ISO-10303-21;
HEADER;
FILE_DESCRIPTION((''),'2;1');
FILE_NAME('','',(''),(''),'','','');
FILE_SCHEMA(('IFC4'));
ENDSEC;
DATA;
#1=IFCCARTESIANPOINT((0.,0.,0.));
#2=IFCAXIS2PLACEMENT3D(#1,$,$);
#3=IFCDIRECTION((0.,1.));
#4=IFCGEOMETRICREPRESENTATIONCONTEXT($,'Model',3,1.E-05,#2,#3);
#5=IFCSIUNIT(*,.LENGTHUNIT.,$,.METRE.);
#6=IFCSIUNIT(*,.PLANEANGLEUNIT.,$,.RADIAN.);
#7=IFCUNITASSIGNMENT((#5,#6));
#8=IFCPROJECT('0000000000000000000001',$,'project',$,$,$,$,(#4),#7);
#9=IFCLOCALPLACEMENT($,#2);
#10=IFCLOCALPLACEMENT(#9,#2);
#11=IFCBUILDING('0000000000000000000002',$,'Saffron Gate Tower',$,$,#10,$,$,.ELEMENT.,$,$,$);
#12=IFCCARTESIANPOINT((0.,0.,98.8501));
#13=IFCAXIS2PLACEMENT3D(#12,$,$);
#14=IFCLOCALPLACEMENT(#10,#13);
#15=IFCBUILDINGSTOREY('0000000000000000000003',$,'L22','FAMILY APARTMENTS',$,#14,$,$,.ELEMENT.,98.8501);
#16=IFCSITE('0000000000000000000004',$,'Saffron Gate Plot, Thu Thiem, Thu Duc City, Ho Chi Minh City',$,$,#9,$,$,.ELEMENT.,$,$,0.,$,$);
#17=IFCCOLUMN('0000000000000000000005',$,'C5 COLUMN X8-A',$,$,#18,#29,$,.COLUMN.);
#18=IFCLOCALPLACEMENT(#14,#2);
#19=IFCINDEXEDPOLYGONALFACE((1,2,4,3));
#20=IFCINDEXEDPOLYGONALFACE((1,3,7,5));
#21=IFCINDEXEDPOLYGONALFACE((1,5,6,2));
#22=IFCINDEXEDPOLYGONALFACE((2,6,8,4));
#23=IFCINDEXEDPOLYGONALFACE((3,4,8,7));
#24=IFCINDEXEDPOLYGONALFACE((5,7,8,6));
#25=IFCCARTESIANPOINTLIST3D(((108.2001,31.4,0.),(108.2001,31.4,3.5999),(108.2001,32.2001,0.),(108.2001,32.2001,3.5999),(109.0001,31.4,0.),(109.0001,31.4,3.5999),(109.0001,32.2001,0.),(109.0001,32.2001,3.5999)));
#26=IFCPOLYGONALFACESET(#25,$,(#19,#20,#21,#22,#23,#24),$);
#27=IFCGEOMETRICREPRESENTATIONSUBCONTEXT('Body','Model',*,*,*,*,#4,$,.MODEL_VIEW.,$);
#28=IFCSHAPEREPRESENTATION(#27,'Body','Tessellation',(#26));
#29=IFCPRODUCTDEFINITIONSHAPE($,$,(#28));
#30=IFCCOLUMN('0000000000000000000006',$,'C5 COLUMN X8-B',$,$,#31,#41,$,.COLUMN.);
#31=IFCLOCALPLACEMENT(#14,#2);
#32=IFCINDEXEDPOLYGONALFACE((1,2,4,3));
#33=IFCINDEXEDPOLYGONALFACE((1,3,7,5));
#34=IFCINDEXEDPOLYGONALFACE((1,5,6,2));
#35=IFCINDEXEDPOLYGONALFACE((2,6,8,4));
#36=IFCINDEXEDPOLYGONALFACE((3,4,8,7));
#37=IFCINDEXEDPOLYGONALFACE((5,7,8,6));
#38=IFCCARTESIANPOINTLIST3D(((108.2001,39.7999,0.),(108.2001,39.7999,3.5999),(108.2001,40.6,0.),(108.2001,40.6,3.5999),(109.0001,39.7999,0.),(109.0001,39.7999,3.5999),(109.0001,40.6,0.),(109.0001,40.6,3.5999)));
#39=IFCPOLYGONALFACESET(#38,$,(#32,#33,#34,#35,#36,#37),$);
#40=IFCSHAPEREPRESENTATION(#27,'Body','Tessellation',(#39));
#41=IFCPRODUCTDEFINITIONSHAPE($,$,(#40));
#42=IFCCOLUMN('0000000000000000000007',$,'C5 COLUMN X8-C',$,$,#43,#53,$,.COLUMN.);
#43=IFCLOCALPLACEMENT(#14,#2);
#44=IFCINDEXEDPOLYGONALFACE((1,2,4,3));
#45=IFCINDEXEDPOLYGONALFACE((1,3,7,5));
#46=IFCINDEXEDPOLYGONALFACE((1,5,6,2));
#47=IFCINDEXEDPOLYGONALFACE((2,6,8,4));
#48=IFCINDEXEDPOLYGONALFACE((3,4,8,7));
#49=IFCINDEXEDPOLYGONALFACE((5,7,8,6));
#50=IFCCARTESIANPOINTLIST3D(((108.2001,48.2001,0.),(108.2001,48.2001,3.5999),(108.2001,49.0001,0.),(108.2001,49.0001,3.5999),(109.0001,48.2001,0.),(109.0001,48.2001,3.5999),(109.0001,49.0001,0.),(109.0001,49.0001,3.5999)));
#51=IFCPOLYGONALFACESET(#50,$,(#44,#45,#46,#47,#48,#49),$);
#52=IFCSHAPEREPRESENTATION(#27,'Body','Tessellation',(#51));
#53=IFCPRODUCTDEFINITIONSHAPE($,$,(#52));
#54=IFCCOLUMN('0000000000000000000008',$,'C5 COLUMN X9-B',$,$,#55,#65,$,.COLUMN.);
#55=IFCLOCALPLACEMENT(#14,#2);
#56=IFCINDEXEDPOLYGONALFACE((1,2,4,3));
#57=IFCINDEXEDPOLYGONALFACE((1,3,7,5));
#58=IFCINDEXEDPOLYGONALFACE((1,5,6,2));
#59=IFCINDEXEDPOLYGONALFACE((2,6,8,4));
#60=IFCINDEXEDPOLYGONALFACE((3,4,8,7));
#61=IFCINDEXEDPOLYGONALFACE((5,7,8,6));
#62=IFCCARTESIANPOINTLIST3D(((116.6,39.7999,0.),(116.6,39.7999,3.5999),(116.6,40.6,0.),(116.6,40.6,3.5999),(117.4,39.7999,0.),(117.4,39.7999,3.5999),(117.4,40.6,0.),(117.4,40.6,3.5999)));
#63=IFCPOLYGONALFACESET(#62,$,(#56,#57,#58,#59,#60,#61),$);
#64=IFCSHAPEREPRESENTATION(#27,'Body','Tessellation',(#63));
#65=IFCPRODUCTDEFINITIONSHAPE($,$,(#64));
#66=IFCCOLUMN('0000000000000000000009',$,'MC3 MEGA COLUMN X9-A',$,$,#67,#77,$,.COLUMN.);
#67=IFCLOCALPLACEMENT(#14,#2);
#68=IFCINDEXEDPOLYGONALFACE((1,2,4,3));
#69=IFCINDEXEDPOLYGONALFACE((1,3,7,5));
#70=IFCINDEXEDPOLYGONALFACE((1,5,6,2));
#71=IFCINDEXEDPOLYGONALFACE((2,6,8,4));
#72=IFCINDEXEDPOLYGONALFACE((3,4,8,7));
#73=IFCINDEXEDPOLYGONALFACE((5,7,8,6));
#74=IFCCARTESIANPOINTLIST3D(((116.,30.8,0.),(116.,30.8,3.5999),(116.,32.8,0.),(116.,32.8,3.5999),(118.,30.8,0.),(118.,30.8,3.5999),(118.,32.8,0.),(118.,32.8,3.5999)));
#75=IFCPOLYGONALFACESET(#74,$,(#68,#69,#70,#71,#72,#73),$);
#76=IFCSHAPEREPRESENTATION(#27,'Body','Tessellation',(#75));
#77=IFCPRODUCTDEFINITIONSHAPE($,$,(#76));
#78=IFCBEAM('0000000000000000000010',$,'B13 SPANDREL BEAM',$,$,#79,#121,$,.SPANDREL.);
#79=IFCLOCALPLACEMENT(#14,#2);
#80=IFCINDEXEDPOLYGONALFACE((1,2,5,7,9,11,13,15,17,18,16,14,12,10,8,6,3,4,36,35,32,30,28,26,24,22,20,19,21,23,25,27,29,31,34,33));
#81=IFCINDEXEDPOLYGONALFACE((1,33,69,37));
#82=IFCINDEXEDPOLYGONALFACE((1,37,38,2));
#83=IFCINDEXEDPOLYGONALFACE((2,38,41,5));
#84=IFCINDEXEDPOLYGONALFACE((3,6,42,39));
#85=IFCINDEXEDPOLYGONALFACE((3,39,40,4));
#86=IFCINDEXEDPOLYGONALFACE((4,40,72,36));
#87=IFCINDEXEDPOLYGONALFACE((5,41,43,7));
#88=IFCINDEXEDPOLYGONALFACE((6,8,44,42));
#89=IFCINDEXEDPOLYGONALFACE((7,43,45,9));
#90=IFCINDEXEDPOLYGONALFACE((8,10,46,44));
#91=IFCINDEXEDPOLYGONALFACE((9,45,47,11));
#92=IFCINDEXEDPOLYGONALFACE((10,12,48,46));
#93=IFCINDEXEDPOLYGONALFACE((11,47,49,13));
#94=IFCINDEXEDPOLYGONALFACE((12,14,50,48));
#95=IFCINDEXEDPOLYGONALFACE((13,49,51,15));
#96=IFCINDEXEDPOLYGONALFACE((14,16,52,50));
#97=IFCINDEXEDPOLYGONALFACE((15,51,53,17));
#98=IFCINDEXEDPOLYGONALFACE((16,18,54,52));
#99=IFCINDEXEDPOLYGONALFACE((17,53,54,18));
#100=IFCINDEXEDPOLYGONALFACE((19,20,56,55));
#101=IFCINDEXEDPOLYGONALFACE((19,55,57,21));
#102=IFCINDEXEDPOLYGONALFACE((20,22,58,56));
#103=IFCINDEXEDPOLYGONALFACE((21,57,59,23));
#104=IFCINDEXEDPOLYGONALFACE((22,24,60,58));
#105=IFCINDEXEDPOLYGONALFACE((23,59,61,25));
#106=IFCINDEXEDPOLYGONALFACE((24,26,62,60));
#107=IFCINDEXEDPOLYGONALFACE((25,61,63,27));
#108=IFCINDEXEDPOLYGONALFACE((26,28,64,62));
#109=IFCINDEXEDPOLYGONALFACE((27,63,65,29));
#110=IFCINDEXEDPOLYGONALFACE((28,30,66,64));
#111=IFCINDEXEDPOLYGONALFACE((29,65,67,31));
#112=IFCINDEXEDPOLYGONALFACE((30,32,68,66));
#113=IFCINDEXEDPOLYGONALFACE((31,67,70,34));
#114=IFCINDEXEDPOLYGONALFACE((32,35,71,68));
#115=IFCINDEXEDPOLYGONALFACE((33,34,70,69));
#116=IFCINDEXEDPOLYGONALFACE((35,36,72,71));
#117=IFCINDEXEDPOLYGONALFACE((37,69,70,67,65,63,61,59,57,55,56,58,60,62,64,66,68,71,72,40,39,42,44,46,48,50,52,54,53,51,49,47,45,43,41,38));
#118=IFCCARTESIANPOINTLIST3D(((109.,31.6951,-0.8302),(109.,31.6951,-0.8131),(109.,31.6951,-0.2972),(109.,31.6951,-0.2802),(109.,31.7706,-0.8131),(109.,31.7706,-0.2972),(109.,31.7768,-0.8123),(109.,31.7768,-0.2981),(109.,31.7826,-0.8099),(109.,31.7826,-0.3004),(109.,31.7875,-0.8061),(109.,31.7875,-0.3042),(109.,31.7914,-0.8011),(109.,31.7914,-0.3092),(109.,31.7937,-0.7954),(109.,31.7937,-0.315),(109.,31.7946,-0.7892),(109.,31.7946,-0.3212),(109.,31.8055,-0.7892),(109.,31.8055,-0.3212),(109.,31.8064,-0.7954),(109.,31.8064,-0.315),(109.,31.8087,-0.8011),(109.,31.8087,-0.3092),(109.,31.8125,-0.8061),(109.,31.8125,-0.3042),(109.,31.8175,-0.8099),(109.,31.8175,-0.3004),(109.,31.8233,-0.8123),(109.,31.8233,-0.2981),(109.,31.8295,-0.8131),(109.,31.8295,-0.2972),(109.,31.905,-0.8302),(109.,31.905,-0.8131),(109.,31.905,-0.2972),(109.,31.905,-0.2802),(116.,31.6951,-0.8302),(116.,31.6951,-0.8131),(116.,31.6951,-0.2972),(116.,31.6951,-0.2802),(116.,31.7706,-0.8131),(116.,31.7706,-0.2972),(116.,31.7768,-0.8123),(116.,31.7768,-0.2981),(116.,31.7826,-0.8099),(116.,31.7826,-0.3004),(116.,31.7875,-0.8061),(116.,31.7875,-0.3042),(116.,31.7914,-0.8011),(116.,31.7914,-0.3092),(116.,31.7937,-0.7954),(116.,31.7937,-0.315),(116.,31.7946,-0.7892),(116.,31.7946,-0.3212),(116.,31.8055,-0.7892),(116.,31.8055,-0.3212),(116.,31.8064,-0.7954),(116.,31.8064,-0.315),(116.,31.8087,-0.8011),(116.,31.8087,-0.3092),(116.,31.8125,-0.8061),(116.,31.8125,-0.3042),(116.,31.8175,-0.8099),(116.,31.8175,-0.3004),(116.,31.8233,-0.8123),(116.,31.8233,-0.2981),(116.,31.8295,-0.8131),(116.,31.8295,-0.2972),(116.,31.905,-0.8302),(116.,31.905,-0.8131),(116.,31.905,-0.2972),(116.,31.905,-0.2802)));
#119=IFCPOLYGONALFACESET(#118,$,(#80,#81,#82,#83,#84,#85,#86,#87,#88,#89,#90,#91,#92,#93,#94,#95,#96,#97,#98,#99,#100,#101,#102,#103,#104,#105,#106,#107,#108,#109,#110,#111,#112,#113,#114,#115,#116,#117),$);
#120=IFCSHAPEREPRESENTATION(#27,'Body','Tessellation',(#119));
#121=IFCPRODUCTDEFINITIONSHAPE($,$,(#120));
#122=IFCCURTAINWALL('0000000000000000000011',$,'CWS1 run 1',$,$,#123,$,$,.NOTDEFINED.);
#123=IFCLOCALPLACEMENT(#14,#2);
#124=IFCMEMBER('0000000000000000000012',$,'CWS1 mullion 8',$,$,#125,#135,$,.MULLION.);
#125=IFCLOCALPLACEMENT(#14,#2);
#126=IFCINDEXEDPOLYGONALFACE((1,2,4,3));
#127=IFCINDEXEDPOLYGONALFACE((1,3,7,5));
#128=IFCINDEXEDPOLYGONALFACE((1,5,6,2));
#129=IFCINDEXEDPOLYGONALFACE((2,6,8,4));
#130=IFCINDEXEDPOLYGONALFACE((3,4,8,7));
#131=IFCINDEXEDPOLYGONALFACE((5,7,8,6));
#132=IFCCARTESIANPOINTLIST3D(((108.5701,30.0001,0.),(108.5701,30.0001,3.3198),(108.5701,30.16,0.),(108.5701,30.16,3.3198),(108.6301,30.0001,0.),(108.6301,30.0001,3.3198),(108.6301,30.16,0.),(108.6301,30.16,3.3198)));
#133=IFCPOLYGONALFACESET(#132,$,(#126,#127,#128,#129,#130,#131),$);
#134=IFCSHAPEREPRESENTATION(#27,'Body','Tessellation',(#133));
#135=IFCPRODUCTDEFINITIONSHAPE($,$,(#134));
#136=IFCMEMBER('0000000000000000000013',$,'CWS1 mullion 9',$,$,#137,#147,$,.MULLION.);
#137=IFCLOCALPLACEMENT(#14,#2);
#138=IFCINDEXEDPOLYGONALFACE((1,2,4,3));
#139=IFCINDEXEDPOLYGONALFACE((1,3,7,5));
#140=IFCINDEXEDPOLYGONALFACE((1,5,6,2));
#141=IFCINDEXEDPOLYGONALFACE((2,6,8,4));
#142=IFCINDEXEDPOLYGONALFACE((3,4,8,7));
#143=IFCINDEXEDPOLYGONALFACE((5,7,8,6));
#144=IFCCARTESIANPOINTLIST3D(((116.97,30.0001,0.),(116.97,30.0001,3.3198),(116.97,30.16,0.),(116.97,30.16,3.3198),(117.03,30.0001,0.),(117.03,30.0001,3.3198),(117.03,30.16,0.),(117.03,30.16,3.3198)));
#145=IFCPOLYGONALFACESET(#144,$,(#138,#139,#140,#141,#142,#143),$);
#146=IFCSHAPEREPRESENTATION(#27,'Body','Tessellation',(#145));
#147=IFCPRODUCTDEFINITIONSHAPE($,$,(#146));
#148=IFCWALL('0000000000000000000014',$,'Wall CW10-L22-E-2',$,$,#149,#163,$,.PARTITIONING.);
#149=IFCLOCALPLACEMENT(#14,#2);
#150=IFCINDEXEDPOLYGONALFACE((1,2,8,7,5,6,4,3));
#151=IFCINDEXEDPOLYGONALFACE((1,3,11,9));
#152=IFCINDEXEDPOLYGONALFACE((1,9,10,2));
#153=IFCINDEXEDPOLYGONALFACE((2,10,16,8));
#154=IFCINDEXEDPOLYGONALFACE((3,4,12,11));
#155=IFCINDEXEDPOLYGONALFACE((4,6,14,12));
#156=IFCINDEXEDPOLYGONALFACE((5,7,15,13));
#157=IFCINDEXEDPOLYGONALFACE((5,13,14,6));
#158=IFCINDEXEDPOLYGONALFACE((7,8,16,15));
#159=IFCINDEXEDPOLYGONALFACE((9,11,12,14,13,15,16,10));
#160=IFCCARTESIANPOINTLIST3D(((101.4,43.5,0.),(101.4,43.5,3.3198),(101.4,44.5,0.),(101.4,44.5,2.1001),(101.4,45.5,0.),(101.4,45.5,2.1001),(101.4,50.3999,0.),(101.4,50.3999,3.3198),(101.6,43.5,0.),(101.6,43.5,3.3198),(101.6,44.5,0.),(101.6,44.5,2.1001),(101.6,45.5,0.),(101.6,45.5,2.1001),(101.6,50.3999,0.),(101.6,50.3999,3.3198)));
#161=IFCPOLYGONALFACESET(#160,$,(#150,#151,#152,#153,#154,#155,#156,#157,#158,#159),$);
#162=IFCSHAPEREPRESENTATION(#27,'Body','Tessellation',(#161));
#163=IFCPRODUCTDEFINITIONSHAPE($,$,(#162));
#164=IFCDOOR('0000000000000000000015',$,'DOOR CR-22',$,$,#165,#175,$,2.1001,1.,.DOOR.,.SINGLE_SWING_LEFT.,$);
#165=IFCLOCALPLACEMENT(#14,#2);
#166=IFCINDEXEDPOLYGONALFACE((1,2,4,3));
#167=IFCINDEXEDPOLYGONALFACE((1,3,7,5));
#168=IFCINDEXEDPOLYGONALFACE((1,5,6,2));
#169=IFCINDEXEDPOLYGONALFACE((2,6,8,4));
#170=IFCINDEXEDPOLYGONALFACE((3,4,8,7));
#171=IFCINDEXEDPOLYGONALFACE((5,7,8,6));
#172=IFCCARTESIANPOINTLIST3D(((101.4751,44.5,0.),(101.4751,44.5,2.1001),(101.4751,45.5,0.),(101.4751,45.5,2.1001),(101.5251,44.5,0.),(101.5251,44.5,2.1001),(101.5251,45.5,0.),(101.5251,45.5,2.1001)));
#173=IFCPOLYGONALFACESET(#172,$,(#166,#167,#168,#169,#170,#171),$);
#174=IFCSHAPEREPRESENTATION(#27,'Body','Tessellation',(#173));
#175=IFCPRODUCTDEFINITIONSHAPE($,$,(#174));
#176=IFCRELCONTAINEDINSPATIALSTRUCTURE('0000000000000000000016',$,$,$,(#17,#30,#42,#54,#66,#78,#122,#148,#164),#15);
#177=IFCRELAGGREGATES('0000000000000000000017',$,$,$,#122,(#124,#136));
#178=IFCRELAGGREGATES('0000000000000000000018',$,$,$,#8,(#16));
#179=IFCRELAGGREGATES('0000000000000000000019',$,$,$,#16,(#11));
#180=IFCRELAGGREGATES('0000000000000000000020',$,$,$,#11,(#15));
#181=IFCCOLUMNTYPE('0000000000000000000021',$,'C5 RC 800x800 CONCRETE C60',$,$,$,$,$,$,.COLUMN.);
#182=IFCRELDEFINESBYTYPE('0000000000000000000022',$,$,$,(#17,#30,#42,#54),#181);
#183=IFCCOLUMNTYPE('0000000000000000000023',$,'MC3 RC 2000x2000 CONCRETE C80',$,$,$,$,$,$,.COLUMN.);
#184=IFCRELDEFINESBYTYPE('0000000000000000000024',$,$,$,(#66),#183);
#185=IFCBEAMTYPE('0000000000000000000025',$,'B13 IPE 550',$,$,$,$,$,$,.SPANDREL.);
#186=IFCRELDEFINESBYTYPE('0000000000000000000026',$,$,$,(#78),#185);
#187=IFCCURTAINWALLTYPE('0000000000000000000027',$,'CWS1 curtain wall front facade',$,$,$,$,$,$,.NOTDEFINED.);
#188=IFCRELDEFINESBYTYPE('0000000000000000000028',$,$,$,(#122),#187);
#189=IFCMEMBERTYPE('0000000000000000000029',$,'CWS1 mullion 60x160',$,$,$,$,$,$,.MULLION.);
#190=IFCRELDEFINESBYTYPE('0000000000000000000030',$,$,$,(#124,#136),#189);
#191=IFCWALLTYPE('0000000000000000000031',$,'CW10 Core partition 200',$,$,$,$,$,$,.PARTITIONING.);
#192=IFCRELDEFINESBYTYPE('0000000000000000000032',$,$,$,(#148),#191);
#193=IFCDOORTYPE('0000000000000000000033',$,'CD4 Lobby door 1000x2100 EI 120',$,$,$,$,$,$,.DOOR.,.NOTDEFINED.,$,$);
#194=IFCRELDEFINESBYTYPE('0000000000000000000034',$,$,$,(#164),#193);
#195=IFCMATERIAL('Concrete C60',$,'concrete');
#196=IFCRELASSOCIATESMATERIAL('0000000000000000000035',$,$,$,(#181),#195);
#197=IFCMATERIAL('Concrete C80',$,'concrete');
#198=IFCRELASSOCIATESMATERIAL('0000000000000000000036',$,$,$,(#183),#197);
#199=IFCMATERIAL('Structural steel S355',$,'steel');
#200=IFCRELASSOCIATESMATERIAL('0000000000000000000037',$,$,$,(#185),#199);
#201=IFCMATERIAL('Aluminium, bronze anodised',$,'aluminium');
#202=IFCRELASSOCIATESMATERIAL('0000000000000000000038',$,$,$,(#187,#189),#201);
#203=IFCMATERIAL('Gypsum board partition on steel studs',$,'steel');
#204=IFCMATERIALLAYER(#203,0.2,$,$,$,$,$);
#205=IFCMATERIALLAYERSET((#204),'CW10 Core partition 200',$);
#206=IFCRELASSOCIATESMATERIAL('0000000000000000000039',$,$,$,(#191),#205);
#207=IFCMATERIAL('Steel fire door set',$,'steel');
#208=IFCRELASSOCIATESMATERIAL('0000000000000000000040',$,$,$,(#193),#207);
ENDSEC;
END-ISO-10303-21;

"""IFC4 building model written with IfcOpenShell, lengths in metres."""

from ifc_helpers import new_model, si_unit, direction, frame, frame_2d, origin, origin_2d, place, context, subcontext, project, spatial, rectangle, i_section, extrude, material, layer, layer_set, material_profile, profile_set, type_object, element, fill, aggregate, save


model = new_model("IFC4")

# Units and contexts
model_context = context("Model", 3, precision=1e-05, world=origin(), true_north=direction((0.0, 1.0)))
body_context = subcontext(model_context, "Body", "Model", "MODEL_VIEW")
ifc_project = project(units=[si_unit("LENGTHUNIT", "METRE"), si_unit("PLANEANGLEUNIT", "RADIAN")], contexts=[model_context])

# Site, building, storey
site_placement = place(None, origin())
site = spatial("IfcSite", under=ifc_project, at=site_placement, Name="Saffron Gate Plot, Thu Thiem, Thu Duc City, Ho Chi Minh City", CompositionType="ELEMENT", RefElevation=0.0)
building_placement = place(site_placement, origin())
building = spatial("IfcBuilding", under=site, at=building_placement, Name="Saffron Gate Tower", CompositionType="ELEMENT")
storey_placement = place(building_placement, frame((0.0, 0.0, 98.8501)))
storey = spatial("IfcBuildingStorey", under=building, at=storey_placement, Name="L22", Description="FAMILY APARTMENTS", CompositionType="ELEMENT", Elevation=98.8501)

# Columns
ifc_material_1 = material(Name="Concrete C60", Category="concrete")
ifc_material_profile_1 = material_profile(ifc_material_1, rectangle(XDim=0.8, YDim=0.8, at=origin_2d()))
ifc_profile_set_1 = profile_set([ifc_material_profile_1], Name="Concrete C60")
column_type_1 = type_object("IfcColumnType", Name="C5 RC 800x800 CONCRETE C60", PredefinedType="COLUMN", material=ifc_profile_set_1)
for number, where, z_axis, x_axis, name in (
    (1, (108.6001, 31.8, 0.0), (0.0, 0.0, 1.0), (1.0, 0.0, 0.0), "C5 COLUMN X8-A"),
    (2, (108.6001, 40.2, 0.0), (0.0, 0.0, 1.0), (1.0, 0.0, 0.0), "C5 COLUMN X8-B"),
    (3, (108.6001, 48.6001, 0.0), (0.0, 0.0, 1.0), (1.0, 0.0, 0.0), "C5 COLUMN X8-C"),
    (4, (117.0, 40.2, 0.0), (0.0, 0.0, 1.0), (1.0, 0.0, 0.0), "C5 COLUMN X9-B"),
):
    element("IfcColumn", number, at=place(storey_placement, frame(where, z_axis=z_axis, x_axis=x_axis)), inside=storey, type_object=column_type_1, Name=name, PredefinedType="COLUMN", context=body_context, shape_type="SweptSolid", body=[
        extrude(rectangle(XDim=0.8, YDim=0.8, at=origin_2d()), origin(), (0.0, 0.0, 1.0), 3.5999),
    ])
ifc_material_2 = material(Name="Concrete C80", Category="concrete")
ifc_material_profile_2 = material_profile(ifc_material_2, rectangle(XDim=2.0, YDim=2.0, at=origin_2d()))
ifc_profile_set_2 = profile_set([ifc_material_profile_2], Name="Concrete C80")
column_type_2 = type_object("IfcColumnType", Name="MC3 RC 2000x2000 CONCRETE C80", PredefinedType="COLUMN", material=ifc_profile_set_2)
column_placement = place(storey_placement, frame((117.0, 31.8, 0.0), z_axis=(0.0, 0.0, 1.0), x_axis=(1.0, 0.0, 0.0)))
element("IfcColumn", 5, at=column_placement, inside=storey, type_object=column_type_2, Name="MC3 MEGA COLUMN X9-A", PredefinedType="COLUMN", context=body_context, shape_type="SweptSolid", body=[
    extrude(rectangle(XDim=2.0, YDim=2.0, at=origin_2d()), origin(), (0.0, 0.0, 1.0), 3.5999),
])

# Beam
ifc_material_3 = material(Name="Structural steel S355", Category="steel")
ifc_material_profile_3 = material_profile(ifc_material_3, i_section(OverallWidth=0.21, OverallDepth=0.55, WebThickness=0.011, FlangeThickness=0.0171, FilletRadius=0.0239, at=origin_2d()))
ifc_profile_set_3 = profile_set([ifc_material_profile_3], Name="Structural steel S355")
beam_type = type_object("IfcBeamType", Name="B13 IPE 550", PredefinedType="SPANDREL", material=ifc_profile_set_3)
beam_placement = place(storey_placement, frame((109.0, 31.8, -0.5552), z_axis=(1.0, 0.0, 0.0), x_axis=(0.0, 1.0, 0.0)))
element("IfcBeam", 6, at=beam_placement, inside=storey, type_object=beam_type, Name="B13 SPANDREL BEAM", PredefinedType="SPANDREL", context=body_context, shape_type="SweptSolid", body=[
    extrude(i_section(OverallWidth=0.21, OverallDepth=0.55, WebThickness=0.011, FlangeThickness=0.0171, FilletRadius=0.0239, at=origin_2d()), origin(), (0.0, 0.0, 1.0), 7.0),
])

# Curtain wall, members
ifc_material_4 = material(Name="Aluminium, bronze anodised", Category="aluminium")
curtain_wall_type = type_object("IfcCurtainWallType", Name="CWS1 curtain wall front facade", PredefinedType="NOTDEFINED", material=ifc_material_4)
curtain_wall_placement = place(storey_placement, origin())
curtain_wall = element("IfcCurtainWall", 7, at=curtain_wall_placement, inside=storey, type_object=curtain_wall_type, Name="CWS1 run 1", PredefinedType="NOTDEFINED")
ifc_material_profile_4 = material_profile(ifc_material_4, rectangle(XDim=0.1599, YDim=0.0601, at=origin_2d()))
ifc_profile_set_4 = profile_set([ifc_material_profile_4], Name="Aluminium, bronze anodised")
member_type = type_object("IfcMemberType", Name="CWS1 mullion 60x160", PredefinedType="MULLION", material=ifc_profile_set_4)
member_1_placement = place(storey_placement, frame((108.6001, 30.0801, 0.0), z_axis=(0.0, 0.0, 1.0), x_axis=(0.0, 1.0, 0.0)))
member_1 = element("IfcMember", 8, at=member_1_placement, type_object=member_type, Name="CWS1 mullion 8", PredefinedType="MULLION", context=body_context, shape_type="SweptSolid", body=[
    extrude(rectangle(XDim=0.1599, YDim=0.0601, at=origin_2d()), origin(), (0.0, 0.0, 1.0), 3.3198),
])
member_2_placement = place(storey_placement, frame((117.0, 30.0801, 0.0), z_axis=(0.0, 0.0, 1.0), x_axis=(0.0, 1.0, 0.0)))
member_2 = element("IfcMember", 9, at=member_2_placement, type_object=member_type, Name="CWS1 mullion 9", PredefinedType="MULLION", context=body_context, shape_type="SweptSolid", body=[
    extrude(rectangle(XDim=0.1599, YDim=0.0601, at=origin_2d()), origin(), (0.0, 0.0, 1.0), 3.3198),
])
aggregate(curtain_wall, [member_1, member_2])

# Wall, opening, door
ifc_material_5 = material(Name="Gypsum board partition on steel studs", Category="steel")
ifc_layer_1 = layer(ifc_material_5, 0.2)
ifc_layer_set_1 = layer_set([ifc_layer_1], Name="CW10 Core partition 200")
wall_type_1 = type_object("IfcWallType", Name="CW10 Core partition 200", PredefinedType="PARTITIONING", material=ifc_layer_set_1)
wall_1_placement = place(storey_placement, frame((101.5, 43.5, 0.0), z_axis=(0.0, 0.0, 1.0), x_axis=(0.0, 1.0, 0.0)))
wall_1 = element("IfcWall", 10, at=wall_1_placement, inside=storey, type_object=wall_type_1, Name="Wall CW10-L22-E-2", PredefinedType="PARTITIONING", context=body_context, shape_type="SweptSolid", body=[
    extrude(rectangle(XDim=6.8999, YDim=0.2, at=frame_2d((3.45, 0.0))), origin(), (0.0, 0.0, 1.0), 3.3198),
])
opening_1_placement = place(wall_1_placement, frame((1.0, 0.0, 0.0)))
opening_1 = element("IfcOpeningElement", 11, at=opening_1_placement, cuts=wall_1, PredefinedType="OPENING", context=body_context, shape_type="SweptSolid", body=[
    extrude(rectangle(XDim=1.0, YDim=2.1001, at=frame_2d((0.5, 1.05))), frame((0.0, 0.1099, 0.0), z_axis=(0.0, -1.0, 0.0), x_axis=(1.0, 0.0, 0.0)), (0.0, 0.0, 1.0), 0.22),
])
ifc_material_6 = material(Name="Steel fire door set", Category="steel")
door_type_1 = type_object("IfcDoorType", Name="CD4 Lobby door 1000x2100 EI 120", OperationType="NOTDEFINED", PredefinedType="DOOR", material=ifc_material_6)
door_1_placement = place(opening_1_placement, origin())
door_1 = element("IfcDoor", 12, at=door_1_placement, inside=storey, type_object=door_type_1, Name="DOOR CR-22", OperationType="SINGLE_SWING_LEFT", OverallHeight=2.1001, OverallWidth=1.0, PredefinedType="DOOR", context=body_context, shape_type="SweptSolid", body=[
    extrude(rectangle(XDim=1.0, YDim=2.1001, at=frame_2d((0.5, 1.05))), frame((0.0, 0.0249, 0.0), z_axis=(0.0, -1.0, 0.0), x_axis=(1.0, 0.0, 0.0)), (0.0, 0.0, 1.0), 0.05),
])
fill(opening_1, door_1)

save(model, "model.ifc")
